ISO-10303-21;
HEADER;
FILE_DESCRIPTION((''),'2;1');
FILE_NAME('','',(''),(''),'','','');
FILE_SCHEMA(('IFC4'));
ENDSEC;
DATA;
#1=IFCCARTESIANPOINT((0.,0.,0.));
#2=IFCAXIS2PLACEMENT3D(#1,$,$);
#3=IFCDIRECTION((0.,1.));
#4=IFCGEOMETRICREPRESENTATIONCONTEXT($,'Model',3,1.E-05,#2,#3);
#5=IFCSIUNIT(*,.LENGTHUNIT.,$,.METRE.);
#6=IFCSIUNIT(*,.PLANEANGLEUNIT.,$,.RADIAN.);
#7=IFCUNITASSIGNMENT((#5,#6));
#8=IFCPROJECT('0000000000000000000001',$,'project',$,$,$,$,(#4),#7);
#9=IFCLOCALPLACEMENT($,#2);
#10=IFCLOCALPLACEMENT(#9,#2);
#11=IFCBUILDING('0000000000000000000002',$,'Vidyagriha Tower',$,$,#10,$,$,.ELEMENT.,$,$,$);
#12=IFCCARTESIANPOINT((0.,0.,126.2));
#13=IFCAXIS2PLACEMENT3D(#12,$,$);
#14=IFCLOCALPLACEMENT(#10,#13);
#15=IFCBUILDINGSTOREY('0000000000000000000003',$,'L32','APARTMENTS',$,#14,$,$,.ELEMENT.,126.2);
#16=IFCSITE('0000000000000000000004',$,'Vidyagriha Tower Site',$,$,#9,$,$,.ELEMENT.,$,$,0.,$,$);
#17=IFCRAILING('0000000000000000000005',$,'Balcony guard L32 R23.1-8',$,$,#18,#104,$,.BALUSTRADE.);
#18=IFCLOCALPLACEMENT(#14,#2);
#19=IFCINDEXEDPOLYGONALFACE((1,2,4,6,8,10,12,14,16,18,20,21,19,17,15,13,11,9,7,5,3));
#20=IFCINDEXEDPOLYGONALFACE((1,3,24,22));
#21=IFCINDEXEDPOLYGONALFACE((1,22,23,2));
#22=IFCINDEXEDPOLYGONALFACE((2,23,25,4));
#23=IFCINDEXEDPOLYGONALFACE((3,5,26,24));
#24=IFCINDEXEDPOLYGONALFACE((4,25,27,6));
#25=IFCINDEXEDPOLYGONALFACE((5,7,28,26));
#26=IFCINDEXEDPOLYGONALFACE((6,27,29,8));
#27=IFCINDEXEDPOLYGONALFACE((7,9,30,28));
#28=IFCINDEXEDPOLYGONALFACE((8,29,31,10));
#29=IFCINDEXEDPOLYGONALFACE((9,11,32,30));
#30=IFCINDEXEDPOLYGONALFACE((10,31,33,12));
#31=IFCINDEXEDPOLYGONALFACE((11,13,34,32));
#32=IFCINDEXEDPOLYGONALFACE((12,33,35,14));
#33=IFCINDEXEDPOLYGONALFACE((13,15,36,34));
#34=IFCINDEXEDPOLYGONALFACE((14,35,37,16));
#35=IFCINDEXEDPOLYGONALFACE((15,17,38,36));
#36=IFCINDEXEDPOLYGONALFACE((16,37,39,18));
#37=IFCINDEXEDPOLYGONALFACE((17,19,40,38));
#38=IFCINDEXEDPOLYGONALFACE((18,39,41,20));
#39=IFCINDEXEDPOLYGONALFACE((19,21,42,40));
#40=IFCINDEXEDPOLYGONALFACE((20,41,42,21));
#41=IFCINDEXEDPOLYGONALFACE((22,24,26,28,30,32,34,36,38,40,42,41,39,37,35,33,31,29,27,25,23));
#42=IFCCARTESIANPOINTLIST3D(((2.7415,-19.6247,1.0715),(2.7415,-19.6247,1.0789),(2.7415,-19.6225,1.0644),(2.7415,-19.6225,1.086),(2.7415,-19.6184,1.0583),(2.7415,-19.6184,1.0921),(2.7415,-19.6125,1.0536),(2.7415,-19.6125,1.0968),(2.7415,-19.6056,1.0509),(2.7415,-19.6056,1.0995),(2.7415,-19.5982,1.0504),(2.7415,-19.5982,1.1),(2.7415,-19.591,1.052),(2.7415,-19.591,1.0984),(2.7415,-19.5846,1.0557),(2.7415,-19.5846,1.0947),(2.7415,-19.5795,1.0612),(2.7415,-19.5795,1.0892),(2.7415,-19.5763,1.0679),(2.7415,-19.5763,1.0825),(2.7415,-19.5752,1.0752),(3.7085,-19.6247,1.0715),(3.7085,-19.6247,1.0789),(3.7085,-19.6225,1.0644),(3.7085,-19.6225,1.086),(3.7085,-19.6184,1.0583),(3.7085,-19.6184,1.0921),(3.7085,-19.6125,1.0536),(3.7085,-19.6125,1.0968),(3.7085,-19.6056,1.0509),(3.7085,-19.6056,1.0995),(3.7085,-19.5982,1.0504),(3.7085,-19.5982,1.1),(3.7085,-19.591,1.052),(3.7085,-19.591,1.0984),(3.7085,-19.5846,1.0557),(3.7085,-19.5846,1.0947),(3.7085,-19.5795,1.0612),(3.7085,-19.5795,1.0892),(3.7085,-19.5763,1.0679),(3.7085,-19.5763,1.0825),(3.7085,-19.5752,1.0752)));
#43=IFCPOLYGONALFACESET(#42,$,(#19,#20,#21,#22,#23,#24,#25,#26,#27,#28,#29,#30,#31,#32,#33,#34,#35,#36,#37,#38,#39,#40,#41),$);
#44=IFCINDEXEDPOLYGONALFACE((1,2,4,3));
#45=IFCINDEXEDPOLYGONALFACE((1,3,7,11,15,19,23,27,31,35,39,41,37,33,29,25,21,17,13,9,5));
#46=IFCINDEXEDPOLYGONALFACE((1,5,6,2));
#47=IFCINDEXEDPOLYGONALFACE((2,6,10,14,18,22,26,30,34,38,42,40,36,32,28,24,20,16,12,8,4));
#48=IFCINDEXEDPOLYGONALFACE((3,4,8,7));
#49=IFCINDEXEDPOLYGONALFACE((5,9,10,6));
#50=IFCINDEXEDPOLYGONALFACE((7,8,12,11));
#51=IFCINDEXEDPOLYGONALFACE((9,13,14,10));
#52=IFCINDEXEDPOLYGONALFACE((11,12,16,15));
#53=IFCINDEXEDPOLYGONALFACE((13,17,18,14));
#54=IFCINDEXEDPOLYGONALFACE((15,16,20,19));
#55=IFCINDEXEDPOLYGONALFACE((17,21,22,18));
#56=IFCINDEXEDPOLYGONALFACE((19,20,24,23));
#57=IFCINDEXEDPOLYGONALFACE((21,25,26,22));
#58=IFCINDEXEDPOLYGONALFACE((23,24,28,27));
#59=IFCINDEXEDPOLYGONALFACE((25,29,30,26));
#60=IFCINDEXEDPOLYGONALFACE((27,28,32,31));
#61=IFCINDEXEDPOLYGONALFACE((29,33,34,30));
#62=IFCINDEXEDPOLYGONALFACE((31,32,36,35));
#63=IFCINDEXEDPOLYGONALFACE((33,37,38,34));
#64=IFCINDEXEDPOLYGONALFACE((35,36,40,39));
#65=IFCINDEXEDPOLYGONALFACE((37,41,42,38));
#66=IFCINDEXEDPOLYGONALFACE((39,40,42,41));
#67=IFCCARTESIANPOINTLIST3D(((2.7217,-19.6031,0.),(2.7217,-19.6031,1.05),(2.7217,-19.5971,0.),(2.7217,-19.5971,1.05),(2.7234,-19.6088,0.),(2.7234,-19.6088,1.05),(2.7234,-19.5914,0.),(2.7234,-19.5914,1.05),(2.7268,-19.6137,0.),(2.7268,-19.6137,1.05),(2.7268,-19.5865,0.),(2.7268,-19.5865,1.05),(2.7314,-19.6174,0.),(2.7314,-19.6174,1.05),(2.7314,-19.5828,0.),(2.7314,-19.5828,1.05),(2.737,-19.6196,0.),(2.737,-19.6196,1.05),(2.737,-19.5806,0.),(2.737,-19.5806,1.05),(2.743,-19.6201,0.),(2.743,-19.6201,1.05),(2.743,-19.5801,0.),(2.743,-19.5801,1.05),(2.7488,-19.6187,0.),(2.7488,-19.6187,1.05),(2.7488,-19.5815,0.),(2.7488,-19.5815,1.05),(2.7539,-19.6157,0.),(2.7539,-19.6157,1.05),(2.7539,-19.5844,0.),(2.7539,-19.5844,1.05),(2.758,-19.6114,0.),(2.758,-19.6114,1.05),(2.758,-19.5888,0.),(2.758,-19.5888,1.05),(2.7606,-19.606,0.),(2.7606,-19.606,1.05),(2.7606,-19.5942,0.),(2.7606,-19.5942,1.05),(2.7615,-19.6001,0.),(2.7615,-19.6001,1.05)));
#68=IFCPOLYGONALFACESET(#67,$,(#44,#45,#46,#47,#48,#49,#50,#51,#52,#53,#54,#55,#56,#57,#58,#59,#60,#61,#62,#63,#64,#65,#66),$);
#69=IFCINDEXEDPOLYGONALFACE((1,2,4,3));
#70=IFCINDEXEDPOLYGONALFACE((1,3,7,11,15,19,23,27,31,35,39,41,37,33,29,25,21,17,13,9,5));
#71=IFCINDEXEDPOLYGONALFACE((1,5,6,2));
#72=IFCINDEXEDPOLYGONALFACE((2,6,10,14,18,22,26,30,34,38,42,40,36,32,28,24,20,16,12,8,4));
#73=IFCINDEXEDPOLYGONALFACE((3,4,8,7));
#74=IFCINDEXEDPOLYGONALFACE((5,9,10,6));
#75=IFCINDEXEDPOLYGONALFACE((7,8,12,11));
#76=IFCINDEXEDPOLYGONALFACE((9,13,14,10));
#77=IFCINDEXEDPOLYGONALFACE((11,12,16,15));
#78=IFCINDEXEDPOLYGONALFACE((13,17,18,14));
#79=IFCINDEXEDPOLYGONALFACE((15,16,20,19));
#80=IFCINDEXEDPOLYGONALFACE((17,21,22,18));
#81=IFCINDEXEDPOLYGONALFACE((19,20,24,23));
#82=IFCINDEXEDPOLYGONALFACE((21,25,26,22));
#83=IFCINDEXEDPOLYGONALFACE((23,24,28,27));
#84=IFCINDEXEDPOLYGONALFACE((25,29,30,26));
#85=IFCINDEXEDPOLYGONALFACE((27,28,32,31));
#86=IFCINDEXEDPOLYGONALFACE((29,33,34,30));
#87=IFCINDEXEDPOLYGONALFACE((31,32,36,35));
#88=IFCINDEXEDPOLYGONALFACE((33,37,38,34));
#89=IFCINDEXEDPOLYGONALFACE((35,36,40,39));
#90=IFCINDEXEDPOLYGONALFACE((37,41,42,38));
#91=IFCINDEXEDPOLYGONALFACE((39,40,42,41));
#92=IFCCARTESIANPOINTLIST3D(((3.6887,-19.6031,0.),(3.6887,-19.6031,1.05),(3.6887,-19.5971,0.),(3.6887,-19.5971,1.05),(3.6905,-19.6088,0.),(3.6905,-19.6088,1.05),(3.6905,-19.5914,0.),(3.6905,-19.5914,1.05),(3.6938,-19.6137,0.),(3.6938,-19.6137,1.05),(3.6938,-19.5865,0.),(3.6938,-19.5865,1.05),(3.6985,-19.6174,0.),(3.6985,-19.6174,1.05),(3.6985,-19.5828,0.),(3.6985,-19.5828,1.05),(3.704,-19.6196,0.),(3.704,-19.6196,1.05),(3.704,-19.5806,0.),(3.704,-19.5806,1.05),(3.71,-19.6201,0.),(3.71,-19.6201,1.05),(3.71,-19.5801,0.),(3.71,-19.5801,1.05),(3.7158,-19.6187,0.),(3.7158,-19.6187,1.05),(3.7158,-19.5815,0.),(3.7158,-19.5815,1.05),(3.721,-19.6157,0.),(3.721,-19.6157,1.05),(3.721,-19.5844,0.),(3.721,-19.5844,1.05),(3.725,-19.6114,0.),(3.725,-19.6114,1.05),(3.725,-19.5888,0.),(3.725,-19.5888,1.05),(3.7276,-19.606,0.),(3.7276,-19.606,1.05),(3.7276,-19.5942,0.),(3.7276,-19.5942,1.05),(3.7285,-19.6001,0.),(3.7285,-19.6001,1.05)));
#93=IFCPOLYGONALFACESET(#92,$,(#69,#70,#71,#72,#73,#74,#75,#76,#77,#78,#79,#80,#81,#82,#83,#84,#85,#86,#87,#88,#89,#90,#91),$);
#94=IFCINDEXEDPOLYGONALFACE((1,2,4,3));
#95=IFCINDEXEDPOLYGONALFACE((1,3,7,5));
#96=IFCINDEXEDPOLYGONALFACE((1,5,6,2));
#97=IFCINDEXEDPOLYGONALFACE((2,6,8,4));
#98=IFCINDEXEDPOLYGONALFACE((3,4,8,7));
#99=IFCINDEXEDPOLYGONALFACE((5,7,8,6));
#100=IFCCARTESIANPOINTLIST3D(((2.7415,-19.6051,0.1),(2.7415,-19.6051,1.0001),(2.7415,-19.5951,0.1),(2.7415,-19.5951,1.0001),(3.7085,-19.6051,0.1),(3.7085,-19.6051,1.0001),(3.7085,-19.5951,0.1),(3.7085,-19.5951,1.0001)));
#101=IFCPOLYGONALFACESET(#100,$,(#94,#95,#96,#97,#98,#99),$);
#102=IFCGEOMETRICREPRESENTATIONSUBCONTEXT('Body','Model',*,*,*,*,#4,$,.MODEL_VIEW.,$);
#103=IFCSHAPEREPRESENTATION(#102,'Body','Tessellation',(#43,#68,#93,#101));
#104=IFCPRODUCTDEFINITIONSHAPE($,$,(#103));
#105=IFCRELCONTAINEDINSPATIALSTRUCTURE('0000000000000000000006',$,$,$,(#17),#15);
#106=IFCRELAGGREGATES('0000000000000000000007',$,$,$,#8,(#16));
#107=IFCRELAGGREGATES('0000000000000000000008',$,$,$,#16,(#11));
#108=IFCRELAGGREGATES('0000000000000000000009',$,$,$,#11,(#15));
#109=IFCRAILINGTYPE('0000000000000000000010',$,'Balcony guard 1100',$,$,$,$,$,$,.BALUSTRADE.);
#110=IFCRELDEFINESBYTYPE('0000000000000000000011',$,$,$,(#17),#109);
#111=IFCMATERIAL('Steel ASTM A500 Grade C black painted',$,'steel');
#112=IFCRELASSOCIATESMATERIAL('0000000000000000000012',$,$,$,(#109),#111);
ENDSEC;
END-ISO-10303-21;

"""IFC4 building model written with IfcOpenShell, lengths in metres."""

from ifc_helpers import new_model, si_unit, direction, frame, origin, origin_2d, place, context, subcontext, project, spatial, rectangle, circle, extrude, material, type_object, element, save


model = new_model("IFC4")

# Units and contexts
model_context = context("Model", 3, precision=1e-05, world=origin(), true_north=direction((0.0, 1.0)))
body_context = subcontext(model_context, "Body", "Model", "MODEL_VIEW")
ifc_project = project(units=[si_unit("LENGTHUNIT", "METRE"), si_unit("PLANEANGLEUNIT", "RADIAN")], contexts=[model_context])

# Site, building, storey
site_placement = place(None, origin())
site = spatial("IfcSite", under=ifc_project, at=site_placement, Name="Vidyagriha Tower Site", CompositionType="ELEMENT", RefElevation=0.0)
building_placement = place(site_placement, origin())
building = spatial("IfcBuilding", under=site, at=building_placement, Name="Vidyagriha Tower", CompositionType="ELEMENT")
storey_placement = place(building_placement, frame((0.0, 0.0, 126.2)))
storey = spatial("IfcBuildingStorey", under=building, at=storey_placement, Name="L32", Description="APARTMENTS", CompositionType="ELEMENT", Elevation=126.2)

# Railing
ifc_material_1 = material(Name="Steel ASTM A500 Grade C black painted", Category="steel")
railing_type = type_object("IfcRailingType", Name="Balcony guard 1100", PredefinedType="BALUSTRADE", material=ifc_material_1)
railing_1_placement = place(storey_placement, frame((2.7415, -19.6001, 0.0)))
element("IfcRailing", 1, at=railing_1_placement, inside=storey, type_object=railing_type, Name="Balcony guard L32 R23.1-8", PredefinedType="BALUSTRADE", context=body_context, shape_type="SweptSolid", body=[
    extrude(circle(Radius=0.0249, at=origin_2d()), frame((0.0, 0.0, 1.0752), z_axis=(1.0, 0.0, 0.0), x_axis=(0.0, 1.0, 0.0)), (0.0, 0.0, 1.0), 0.967),
    extrude(circle(Radius=0.02, at=origin_2d()), origin(), (0.0, 0.0, 1.0), 1.05),
    extrude(circle(Radius=0.02, at=origin_2d()), frame((0.967, 0.0, 0.0)), (0.0, 0.0, 1.0), 1.05),
    extrude(rectangle(XDim=0.01, YDim=0.9001, at=origin_2d()), frame((0.0, 0.0, 0.55), z_axis=(1.0, 0.0, 0.0), x_axis=(0.0, 1.0, 0.0)), (0.0, 0.0, 1.0), 0.967),
])

save(model, "model.ifc")
